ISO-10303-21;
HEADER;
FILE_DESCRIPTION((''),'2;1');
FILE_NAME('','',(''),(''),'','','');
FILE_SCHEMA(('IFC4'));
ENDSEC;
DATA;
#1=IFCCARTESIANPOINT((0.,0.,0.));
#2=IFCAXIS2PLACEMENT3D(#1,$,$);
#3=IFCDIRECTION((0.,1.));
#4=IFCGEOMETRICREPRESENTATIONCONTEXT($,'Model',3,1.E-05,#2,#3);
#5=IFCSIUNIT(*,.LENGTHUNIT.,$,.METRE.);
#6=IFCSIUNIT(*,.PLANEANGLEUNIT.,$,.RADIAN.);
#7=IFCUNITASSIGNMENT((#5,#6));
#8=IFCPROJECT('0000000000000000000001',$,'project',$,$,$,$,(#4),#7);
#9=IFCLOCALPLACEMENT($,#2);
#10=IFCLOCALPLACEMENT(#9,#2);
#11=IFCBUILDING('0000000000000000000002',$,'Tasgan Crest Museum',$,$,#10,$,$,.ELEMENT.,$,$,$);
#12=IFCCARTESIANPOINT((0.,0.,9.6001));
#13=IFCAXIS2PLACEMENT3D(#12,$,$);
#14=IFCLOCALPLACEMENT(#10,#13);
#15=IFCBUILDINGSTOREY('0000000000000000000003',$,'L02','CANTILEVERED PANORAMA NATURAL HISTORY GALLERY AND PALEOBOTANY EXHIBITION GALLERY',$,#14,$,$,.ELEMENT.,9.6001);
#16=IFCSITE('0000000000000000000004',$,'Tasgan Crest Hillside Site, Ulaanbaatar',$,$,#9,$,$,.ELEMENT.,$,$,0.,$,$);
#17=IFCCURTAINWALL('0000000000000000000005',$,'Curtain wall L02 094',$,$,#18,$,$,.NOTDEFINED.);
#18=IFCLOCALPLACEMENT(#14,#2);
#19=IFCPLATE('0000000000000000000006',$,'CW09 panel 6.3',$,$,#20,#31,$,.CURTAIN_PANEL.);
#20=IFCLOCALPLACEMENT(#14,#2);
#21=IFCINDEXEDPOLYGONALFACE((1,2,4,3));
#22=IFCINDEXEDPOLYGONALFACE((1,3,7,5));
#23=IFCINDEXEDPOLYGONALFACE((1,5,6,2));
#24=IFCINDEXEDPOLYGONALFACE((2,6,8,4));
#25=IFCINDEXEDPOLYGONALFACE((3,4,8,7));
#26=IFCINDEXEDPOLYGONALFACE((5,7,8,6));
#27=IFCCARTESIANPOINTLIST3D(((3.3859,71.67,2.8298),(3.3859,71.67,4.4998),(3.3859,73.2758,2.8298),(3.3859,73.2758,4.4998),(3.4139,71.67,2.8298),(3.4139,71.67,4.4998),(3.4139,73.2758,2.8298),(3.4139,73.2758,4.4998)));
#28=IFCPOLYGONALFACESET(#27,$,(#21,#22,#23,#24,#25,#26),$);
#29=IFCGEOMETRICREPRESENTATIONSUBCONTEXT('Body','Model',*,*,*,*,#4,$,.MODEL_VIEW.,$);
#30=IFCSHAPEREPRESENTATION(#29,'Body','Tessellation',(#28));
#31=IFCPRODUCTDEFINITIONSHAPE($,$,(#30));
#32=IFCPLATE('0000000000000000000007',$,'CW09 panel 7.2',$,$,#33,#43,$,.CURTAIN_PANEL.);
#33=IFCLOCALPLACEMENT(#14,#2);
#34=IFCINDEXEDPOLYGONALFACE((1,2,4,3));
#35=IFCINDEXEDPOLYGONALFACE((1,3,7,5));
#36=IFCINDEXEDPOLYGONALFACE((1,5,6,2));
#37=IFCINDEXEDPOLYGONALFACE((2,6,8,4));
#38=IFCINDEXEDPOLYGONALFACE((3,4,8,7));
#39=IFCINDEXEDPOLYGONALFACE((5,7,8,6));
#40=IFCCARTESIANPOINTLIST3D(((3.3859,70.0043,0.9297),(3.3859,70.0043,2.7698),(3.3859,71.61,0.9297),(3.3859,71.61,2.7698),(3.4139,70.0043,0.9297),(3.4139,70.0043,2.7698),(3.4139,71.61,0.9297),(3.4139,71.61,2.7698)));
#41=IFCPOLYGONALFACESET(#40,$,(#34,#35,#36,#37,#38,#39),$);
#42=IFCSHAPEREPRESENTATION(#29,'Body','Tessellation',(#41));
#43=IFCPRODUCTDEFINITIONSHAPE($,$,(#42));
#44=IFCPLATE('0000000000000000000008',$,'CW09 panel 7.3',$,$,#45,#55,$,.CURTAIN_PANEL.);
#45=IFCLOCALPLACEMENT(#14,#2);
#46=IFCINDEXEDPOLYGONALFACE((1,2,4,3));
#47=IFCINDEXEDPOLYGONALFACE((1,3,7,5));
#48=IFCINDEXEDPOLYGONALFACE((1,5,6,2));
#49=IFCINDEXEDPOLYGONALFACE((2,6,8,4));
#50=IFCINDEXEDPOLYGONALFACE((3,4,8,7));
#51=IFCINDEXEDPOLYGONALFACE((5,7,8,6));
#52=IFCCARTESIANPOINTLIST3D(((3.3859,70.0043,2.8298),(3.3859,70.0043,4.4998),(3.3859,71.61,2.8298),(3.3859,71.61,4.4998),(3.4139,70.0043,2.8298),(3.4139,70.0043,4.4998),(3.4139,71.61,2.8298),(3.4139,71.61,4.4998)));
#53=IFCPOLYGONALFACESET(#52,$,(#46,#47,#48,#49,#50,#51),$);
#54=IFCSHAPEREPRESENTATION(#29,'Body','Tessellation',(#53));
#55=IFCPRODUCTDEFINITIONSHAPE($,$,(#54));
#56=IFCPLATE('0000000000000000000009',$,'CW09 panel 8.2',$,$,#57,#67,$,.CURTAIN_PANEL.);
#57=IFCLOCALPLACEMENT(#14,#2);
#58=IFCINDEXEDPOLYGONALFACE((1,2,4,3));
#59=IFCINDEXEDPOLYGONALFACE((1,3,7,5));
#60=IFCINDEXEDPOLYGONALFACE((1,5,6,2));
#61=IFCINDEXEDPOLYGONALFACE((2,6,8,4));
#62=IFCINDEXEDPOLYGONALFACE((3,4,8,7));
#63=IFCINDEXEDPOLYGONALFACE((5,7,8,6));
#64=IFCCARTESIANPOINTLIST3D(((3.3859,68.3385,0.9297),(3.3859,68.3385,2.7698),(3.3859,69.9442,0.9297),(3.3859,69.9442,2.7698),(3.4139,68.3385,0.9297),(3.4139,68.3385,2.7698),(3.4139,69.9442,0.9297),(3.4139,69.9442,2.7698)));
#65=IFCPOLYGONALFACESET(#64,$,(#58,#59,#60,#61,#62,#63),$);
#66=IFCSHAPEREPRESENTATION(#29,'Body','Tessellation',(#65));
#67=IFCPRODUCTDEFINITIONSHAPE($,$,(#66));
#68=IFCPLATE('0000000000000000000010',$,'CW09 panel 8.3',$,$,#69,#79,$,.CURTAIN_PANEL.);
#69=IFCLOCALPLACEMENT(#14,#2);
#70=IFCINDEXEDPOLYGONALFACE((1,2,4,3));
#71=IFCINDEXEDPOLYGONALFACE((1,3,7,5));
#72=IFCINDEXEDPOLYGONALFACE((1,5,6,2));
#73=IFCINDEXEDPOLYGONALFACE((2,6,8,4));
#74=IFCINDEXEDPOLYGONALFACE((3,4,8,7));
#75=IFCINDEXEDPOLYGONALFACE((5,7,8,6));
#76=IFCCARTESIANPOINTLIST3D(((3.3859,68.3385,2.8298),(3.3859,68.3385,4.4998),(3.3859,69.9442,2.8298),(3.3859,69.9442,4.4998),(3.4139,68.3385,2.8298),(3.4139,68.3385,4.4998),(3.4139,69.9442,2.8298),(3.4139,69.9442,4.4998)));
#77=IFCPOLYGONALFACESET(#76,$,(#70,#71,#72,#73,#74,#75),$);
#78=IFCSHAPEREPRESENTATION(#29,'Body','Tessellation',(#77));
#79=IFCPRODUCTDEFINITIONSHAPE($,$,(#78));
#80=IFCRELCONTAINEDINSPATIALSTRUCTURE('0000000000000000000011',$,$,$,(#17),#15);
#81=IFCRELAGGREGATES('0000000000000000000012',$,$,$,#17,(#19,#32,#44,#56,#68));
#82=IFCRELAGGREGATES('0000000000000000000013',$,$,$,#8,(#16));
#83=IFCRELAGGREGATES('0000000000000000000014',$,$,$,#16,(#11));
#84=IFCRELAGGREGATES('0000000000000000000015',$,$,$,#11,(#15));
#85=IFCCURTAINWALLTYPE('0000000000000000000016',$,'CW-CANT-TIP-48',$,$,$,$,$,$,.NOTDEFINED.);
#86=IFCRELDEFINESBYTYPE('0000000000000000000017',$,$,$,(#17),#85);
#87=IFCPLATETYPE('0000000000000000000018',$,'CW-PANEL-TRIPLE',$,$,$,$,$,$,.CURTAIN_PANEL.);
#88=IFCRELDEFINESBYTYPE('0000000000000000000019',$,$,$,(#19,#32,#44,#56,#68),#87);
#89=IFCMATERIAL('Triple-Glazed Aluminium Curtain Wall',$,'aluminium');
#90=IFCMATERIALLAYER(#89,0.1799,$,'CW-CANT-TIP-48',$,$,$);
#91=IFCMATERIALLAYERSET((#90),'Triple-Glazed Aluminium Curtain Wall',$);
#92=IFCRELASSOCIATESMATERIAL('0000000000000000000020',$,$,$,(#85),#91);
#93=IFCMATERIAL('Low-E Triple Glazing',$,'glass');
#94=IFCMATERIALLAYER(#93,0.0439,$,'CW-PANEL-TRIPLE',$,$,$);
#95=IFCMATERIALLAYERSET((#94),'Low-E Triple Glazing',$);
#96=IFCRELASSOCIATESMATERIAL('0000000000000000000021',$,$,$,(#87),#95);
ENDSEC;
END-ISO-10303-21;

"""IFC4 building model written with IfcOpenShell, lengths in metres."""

from ifc_helpers import new_model, si_unit, direction, frame, origin, origin_2d, place, context, subcontext, project, spatial, rectangle, extrude, material, layer, layer_set, type_object, element, aggregate, save


model = new_model("IFC4")

# Units and contexts
model_context = context("Model", 3, precision=1e-05, world=origin(), true_north=direction((0.0, 1.0)))
body_context = subcontext(model_context, "Body", "Model", "MODEL_VIEW")
ifc_project = project(units=[si_unit("LENGTHUNIT", "METRE"), si_unit("PLANEANGLEUNIT", "RADIAN")], contexts=[model_context])

# Site, building, storey
site_placement = place(None, origin())
site = spatial("IfcSite", under=ifc_project, at=site_placement, Name="Tasgan Crest Hillside Site, Ulaanbaatar", CompositionType="ELEMENT", RefElevation=0.0)
building_placement = place(site_placement, origin())
building = spatial("IfcBuilding", under=site, at=building_placement, Name="Tasgan Crest Museum", CompositionType="ELEMENT")
storey_placement = place(building_placement, frame((0.0, 0.0, 9.6001)))
storey = spatial("IfcBuildingStorey", under=building, at=storey_placement, Name="L02", Description="CANTILEVERED PANORAMA NATURAL HISTORY GALLERY AND PALEOBOTANY EXHIBITION GALLERY", CompositionType="ELEMENT", Elevation=9.6001)

# Curtain wall, plates
ifc_material_1 = material(Name="Triple-Glazed Aluminium Curtain Wall", Category="aluminium")
ifc_layer_1 = layer(ifc_material_1, 0.1799, Name="CW-CANT-TIP-48")
ifc_layer_set_1 = layer_set([ifc_layer_1], Name="Triple-Glazed Aluminium Curtain Wall")
curtain_wall_type = type_object("IfcCurtainWallType", Name="CW-CANT-TIP-48", PredefinedType="NOTDEFINED", material=ifc_layer_set_1)
curtain_wall_placement = place(storey_placement, origin())
curtain_wall = element("IfcCurtainWall", 1, at=curtain_wall_placement, inside=storey, type_object=curtain_wall_type, Name="Curtain wall L02 094", PredefinedType="NOTDEFINED")
ifc_material_2 = material(Name="Low-E Triple Glazing", Category="glass")
ifc_layer_2 = layer(ifc_material_2, 0.0439, Name="CW-PANEL-TRIPLE")
ifc_layer_set_2 = layer_set([ifc_layer_2], Name="Low-E Triple Glazing")
plate_type_1 = type_object("IfcPlateType", Name="CW-PANEL-TRIPLE", PredefinedType="CURTAIN_PANEL", material=ifc_layer_set_2)
plate_1_placement = place(storey_placement, frame((3.3999, 72.4729, 2.8298), z_axis=(0.0, 0.0, 1.0), x_axis=(0.0, -1.0, 0.0)))
plate_1 = element("IfcPlate", 2, at=plate_1_placement, type_object=plate_type_1, Name="CW09 panel 6.3", PredefinedType="CURTAIN_PANEL", context=body_context, shape_type="SweptSolid", body=[
    extrude(rectangle(XDim=1.6057, YDim=0.0281, at=origin_2d()), origin(), (0.0, 0.0, 1.0), 1.6699),
])
plate_2_placement = place(storey_placement, frame((3.3999, 70.8071, 0.9297), z_axis=(0.0, 0.0, 1.0), x_axis=(0.0, -1.0, 0.0)))
plate_2 = element("IfcPlate", 3, at=plate_2_placement, type_object=plate_type_1, Name="CW09 panel 7.2", PredefinedType="CURTAIN_PANEL", context=body_context, shape_type="SweptSolid", body=[
    extrude(rectangle(XDim=1.6057, YDim=0.0281, at=origin_2d()), origin(), (0.0, 0.0, 1.0), 1.8401),
])
plate_3_placement = place(storey_placement, frame((3.3999, 70.8071, 2.8298), z_axis=(0.0, 0.0, 1.0), x_axis=(0.0, -1.0, 0.0)))
plate_3 = element("IfcPlate", 4, at=plate_3_placement, type_object=plate_type_1, Name="CW09 panel 7.3", PredefinedType="CURTAIN_PANEL", context=body_context, shape_type="SweptSolid", body=[
    extrude(rectangle(XDim=1.6057, YDim=0.0281, at=origin_2d()), origin(), (0.0, 0.0, 1.0), 1.6699),
])
plate_4_placement = place(storey_placement, frame((3.3999, 69.1414, 0.9297), z_axis=(0.0, 0.0, 1.0), x_axis=(0.0, -1.0, 0.0)))
plate_4 = element("IfcPlate", 5, at=plate_4_placement, type_object=plate_type_1, Name="CW09 panel 8.2", PredefinedType="CURTAIN_PANEL", context=body_context, shape_type="SweptSolid", body=[
    extrude(rectangle(XDim=1.6057, YDim=0.0281, at=origin_2d()), origin(), (0.0, 0.0, 1.0), 1.8401),
])
plate_5_placement = place(storey_placement, frame((3.3999, 69.1414, 2.8298), z_axis=(0.0, 0.0, 1.0), x_axis=(0.0, -1.0, 0.0)))
plate_5 = element("IfcPlate", 6, at=plate_5_placement, type_object=plate_type_1, Name="CW09 panel 8.3", PredefinedType="CURTAIN_PANEL", context=body_context, shape_type="SweptSolid", body=[
    extrude(rectangle(XDim=1.6057, YDim=0.0281, at=origin_2d()), origin(), (0.0, 0.0, 1.0), 1.6699),
])
aggregate(curtain_wall, [plate_1, plate_2, plate_3, plate_4, plate_5])

save(model, "model.ifc")
